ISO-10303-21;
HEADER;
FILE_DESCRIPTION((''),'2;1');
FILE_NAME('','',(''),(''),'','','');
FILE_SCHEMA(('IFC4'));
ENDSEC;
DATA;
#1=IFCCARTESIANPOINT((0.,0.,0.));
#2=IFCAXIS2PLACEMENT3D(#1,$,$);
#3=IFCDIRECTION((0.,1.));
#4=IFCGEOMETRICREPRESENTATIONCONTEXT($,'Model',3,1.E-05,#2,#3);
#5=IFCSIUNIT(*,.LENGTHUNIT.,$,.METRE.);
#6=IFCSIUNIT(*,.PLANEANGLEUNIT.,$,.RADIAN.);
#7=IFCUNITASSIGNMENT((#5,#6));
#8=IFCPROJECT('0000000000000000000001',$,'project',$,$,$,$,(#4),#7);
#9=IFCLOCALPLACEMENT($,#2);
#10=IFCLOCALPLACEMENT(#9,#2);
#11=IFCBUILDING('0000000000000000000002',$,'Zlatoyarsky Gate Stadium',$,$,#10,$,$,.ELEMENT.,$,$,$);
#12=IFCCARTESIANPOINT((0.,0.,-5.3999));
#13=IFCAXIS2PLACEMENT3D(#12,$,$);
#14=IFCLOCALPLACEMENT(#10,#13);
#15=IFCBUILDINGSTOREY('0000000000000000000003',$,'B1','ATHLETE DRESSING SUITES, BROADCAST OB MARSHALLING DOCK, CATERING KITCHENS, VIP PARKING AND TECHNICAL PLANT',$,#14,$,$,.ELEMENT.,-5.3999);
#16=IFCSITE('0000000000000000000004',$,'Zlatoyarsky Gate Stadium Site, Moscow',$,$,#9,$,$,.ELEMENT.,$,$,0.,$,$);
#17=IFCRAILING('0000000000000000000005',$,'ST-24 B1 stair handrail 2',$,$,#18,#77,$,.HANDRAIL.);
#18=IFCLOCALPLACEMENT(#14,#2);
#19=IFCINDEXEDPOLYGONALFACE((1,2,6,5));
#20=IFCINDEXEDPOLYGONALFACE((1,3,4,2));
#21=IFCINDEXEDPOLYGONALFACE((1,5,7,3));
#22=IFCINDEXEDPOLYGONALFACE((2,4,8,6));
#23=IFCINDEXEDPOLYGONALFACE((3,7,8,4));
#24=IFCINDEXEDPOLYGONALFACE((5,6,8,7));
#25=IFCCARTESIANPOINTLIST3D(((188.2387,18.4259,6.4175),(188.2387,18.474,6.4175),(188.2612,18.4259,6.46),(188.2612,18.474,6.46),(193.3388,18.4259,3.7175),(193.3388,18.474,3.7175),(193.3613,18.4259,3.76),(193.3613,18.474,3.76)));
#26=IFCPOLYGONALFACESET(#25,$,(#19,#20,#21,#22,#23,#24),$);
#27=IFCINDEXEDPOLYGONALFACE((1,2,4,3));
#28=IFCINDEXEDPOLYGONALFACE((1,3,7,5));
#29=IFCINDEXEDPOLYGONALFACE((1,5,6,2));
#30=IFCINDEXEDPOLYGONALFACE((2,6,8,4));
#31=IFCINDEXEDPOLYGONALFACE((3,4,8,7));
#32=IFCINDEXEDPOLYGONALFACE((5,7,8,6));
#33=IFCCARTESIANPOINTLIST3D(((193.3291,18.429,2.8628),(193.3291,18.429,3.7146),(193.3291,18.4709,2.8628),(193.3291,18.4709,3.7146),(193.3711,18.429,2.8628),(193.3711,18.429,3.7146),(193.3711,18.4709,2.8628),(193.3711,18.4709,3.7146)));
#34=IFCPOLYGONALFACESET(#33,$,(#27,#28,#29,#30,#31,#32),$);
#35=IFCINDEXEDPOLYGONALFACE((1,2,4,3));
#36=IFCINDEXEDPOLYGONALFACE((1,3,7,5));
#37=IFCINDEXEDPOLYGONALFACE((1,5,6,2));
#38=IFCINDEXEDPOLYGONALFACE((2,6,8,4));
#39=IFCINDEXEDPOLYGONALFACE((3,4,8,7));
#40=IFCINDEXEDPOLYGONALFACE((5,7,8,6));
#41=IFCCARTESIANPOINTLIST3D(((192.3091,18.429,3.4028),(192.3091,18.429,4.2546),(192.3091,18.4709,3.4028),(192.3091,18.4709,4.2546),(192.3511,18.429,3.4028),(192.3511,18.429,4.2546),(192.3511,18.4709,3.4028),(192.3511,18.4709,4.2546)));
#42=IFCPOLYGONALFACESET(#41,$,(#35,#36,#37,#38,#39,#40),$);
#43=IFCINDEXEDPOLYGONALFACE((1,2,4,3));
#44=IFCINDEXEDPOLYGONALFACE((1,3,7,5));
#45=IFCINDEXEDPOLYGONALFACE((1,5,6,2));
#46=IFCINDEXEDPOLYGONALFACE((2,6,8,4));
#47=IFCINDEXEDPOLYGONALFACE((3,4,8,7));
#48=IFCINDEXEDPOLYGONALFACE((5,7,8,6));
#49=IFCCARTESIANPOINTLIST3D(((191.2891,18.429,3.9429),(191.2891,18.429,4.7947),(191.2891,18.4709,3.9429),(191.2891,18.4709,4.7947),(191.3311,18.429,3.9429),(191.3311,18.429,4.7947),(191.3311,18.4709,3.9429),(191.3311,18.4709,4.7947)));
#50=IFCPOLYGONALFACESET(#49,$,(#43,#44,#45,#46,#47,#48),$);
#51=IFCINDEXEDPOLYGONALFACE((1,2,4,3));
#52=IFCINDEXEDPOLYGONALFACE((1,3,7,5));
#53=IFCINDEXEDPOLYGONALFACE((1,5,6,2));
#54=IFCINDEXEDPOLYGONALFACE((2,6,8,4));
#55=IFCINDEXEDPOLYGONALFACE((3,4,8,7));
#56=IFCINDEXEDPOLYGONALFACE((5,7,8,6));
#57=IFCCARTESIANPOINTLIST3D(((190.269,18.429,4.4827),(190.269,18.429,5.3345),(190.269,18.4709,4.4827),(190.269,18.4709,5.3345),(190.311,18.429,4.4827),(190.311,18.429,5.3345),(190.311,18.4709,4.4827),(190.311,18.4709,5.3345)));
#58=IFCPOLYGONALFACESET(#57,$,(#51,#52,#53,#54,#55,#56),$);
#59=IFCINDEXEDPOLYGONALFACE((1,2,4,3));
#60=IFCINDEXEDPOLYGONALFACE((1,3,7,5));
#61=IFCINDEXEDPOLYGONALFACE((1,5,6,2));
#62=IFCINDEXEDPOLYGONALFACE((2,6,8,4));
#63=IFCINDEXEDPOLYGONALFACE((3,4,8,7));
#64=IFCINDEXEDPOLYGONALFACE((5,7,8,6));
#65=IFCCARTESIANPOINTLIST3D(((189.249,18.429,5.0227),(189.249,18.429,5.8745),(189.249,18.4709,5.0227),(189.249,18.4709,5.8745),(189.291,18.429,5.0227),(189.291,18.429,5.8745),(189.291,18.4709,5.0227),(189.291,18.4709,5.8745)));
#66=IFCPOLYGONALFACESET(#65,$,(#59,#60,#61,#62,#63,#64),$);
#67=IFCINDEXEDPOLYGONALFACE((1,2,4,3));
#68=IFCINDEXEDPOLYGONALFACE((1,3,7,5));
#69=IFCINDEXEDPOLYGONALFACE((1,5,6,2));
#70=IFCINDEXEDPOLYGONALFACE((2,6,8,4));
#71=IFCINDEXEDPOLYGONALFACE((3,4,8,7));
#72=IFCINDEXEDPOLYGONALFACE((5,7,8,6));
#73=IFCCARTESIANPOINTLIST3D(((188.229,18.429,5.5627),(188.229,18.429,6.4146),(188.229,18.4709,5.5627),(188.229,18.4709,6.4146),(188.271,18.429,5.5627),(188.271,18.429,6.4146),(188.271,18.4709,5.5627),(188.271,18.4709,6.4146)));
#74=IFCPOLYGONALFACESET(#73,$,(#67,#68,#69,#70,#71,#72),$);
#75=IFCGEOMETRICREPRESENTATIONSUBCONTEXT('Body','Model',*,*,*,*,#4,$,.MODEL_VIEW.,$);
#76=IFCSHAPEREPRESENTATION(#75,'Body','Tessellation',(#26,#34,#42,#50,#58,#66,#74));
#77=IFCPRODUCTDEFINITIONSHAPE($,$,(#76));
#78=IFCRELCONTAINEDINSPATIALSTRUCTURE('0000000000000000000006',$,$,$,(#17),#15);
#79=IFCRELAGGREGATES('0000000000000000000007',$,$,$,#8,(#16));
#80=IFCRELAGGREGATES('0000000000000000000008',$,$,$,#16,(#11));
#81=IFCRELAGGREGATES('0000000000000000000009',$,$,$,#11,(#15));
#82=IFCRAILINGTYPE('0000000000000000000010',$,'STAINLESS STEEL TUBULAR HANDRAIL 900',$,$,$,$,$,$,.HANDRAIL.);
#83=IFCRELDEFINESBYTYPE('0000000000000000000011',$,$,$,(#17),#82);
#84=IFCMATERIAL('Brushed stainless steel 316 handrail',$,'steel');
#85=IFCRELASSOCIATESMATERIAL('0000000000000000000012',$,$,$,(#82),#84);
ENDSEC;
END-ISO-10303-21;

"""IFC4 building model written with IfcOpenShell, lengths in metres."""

from ifc_helpers import new_model, si_unit, direction, frame, origin, origin_2d, place, context, subcontext, project, spatial, rectangle, extrude, material, type_object, element, save


model = new_model("IFC4")

# Units and contexts
model_context = context("Model", 3, precision=1e-05, world=origin(), true_north=direction((0.0, 1.0)))
body_context = subcontext(model_context, "Body", "Model", "MODEL_VIEW")
ifc_project = project(units=[si_unit("LENGTHUNIT", "METRE"), si_unit("PLANEANGLEUNIT", "RADIAN")], contexts=[model_context])

# Site, building, storey
site_placement = place(None, origin())
site = spatial("IfcSite", under=ifc_project, at=site_placement, Name="Zlatoyarsky Gate Stadium Site, Moscow", CompositionType="ELEMENT", RefElevation=0.0)
building_placement = place(site_placement, origin())
building = spatial("IfcBuilding", under=site, at=building_placement, Name="Zlatoyarsky Gate Stadium", CompositionType="ELEMENT")
storey_placement = place(building_placement, frame((0.0, 0.0, -5.3999)))
storey = spatial("IfcBuildingStorey", under=building, at=storey_placement, Name="B1", Description="ATHLETE DRESSING SUITES, BROADCAST OB MARSHALLING DOCK, CATERING KITCHENS, VIP PARKING AND TECHNICAL PLANT", CompositionType="ELEMENT", Elevation=-5.3999)

# Railing
ifc_material_1 = material(Name="Brushed stainless steel 316 handrail", Category="steel")
railing_type_1 = type_object("IfcRailingType", Name="STAINLESS STEEL TUBULAR HANDRAIL 900", PredefinedType="HANDRAIL", material=ifc_material_1)
railing_1_placement = place(storey_placement, frame((193.3501, 18.45, 2.8628)))
element("IfcRailing", 1, at=railing_1_placement, inside=storey, type_object=railing_type_1, Name="ST-24 B1 stair handrail 2", PredefinedType="HANDRAIL", context=body_context, shape_type="SweptSolid", body=[
    extrude(rectangle(XDim=0.0481, YDim=0.0481, at=origin_2d()), frame((0.0, 0.0, 0.876), z_axis=(-0.883795, 0.0, 0.467874), x_axis=(0.0, -1.0, 0.0)), (0.0, 0.0, 1.0), 5.7708),
    extrude(rectangle(XDim=0.042, YDim=0.042, at=origin_2d()), origin(), (0.0, 0.0, 1.0), 0.8518),
    extrude(rectangle(XDim=0.042, YDim=0.042, at=origin_2d()), frame((-1.02, 0.0, 0.54)), (0.0, 0.0, 1.0), 0.8518),
    extrude(rectangle(XDim=0.042, YDim=0.042, at=origin_2d()), frame((-2.04, 0.0, 1.0801)), (0.0, 0.0, 1.0), 0.8518),
    extrude(rectangle(XDim=0.042, YDim=0.042, at=origin_2d()), frame((-3.0601, 0.0, 1.6199)), (0.0, 0.0, 1.0), 0.8518),
    extrude(rectangle(XDim=0.042, YDim=0.042, at=origin_2d()), frame((-4.0801, 0.0, 2.1599)), (0.0, 0.0, 1.0), 0.8518),
    extrude(rectangle(XDim=0.042, YDim=0.042, at=origin_2d()), frame((-5.1001, 0.0, 2.7)), (0.0, 0.0, 1.0), 0.8518),
])

save(model, "model.ifc")
